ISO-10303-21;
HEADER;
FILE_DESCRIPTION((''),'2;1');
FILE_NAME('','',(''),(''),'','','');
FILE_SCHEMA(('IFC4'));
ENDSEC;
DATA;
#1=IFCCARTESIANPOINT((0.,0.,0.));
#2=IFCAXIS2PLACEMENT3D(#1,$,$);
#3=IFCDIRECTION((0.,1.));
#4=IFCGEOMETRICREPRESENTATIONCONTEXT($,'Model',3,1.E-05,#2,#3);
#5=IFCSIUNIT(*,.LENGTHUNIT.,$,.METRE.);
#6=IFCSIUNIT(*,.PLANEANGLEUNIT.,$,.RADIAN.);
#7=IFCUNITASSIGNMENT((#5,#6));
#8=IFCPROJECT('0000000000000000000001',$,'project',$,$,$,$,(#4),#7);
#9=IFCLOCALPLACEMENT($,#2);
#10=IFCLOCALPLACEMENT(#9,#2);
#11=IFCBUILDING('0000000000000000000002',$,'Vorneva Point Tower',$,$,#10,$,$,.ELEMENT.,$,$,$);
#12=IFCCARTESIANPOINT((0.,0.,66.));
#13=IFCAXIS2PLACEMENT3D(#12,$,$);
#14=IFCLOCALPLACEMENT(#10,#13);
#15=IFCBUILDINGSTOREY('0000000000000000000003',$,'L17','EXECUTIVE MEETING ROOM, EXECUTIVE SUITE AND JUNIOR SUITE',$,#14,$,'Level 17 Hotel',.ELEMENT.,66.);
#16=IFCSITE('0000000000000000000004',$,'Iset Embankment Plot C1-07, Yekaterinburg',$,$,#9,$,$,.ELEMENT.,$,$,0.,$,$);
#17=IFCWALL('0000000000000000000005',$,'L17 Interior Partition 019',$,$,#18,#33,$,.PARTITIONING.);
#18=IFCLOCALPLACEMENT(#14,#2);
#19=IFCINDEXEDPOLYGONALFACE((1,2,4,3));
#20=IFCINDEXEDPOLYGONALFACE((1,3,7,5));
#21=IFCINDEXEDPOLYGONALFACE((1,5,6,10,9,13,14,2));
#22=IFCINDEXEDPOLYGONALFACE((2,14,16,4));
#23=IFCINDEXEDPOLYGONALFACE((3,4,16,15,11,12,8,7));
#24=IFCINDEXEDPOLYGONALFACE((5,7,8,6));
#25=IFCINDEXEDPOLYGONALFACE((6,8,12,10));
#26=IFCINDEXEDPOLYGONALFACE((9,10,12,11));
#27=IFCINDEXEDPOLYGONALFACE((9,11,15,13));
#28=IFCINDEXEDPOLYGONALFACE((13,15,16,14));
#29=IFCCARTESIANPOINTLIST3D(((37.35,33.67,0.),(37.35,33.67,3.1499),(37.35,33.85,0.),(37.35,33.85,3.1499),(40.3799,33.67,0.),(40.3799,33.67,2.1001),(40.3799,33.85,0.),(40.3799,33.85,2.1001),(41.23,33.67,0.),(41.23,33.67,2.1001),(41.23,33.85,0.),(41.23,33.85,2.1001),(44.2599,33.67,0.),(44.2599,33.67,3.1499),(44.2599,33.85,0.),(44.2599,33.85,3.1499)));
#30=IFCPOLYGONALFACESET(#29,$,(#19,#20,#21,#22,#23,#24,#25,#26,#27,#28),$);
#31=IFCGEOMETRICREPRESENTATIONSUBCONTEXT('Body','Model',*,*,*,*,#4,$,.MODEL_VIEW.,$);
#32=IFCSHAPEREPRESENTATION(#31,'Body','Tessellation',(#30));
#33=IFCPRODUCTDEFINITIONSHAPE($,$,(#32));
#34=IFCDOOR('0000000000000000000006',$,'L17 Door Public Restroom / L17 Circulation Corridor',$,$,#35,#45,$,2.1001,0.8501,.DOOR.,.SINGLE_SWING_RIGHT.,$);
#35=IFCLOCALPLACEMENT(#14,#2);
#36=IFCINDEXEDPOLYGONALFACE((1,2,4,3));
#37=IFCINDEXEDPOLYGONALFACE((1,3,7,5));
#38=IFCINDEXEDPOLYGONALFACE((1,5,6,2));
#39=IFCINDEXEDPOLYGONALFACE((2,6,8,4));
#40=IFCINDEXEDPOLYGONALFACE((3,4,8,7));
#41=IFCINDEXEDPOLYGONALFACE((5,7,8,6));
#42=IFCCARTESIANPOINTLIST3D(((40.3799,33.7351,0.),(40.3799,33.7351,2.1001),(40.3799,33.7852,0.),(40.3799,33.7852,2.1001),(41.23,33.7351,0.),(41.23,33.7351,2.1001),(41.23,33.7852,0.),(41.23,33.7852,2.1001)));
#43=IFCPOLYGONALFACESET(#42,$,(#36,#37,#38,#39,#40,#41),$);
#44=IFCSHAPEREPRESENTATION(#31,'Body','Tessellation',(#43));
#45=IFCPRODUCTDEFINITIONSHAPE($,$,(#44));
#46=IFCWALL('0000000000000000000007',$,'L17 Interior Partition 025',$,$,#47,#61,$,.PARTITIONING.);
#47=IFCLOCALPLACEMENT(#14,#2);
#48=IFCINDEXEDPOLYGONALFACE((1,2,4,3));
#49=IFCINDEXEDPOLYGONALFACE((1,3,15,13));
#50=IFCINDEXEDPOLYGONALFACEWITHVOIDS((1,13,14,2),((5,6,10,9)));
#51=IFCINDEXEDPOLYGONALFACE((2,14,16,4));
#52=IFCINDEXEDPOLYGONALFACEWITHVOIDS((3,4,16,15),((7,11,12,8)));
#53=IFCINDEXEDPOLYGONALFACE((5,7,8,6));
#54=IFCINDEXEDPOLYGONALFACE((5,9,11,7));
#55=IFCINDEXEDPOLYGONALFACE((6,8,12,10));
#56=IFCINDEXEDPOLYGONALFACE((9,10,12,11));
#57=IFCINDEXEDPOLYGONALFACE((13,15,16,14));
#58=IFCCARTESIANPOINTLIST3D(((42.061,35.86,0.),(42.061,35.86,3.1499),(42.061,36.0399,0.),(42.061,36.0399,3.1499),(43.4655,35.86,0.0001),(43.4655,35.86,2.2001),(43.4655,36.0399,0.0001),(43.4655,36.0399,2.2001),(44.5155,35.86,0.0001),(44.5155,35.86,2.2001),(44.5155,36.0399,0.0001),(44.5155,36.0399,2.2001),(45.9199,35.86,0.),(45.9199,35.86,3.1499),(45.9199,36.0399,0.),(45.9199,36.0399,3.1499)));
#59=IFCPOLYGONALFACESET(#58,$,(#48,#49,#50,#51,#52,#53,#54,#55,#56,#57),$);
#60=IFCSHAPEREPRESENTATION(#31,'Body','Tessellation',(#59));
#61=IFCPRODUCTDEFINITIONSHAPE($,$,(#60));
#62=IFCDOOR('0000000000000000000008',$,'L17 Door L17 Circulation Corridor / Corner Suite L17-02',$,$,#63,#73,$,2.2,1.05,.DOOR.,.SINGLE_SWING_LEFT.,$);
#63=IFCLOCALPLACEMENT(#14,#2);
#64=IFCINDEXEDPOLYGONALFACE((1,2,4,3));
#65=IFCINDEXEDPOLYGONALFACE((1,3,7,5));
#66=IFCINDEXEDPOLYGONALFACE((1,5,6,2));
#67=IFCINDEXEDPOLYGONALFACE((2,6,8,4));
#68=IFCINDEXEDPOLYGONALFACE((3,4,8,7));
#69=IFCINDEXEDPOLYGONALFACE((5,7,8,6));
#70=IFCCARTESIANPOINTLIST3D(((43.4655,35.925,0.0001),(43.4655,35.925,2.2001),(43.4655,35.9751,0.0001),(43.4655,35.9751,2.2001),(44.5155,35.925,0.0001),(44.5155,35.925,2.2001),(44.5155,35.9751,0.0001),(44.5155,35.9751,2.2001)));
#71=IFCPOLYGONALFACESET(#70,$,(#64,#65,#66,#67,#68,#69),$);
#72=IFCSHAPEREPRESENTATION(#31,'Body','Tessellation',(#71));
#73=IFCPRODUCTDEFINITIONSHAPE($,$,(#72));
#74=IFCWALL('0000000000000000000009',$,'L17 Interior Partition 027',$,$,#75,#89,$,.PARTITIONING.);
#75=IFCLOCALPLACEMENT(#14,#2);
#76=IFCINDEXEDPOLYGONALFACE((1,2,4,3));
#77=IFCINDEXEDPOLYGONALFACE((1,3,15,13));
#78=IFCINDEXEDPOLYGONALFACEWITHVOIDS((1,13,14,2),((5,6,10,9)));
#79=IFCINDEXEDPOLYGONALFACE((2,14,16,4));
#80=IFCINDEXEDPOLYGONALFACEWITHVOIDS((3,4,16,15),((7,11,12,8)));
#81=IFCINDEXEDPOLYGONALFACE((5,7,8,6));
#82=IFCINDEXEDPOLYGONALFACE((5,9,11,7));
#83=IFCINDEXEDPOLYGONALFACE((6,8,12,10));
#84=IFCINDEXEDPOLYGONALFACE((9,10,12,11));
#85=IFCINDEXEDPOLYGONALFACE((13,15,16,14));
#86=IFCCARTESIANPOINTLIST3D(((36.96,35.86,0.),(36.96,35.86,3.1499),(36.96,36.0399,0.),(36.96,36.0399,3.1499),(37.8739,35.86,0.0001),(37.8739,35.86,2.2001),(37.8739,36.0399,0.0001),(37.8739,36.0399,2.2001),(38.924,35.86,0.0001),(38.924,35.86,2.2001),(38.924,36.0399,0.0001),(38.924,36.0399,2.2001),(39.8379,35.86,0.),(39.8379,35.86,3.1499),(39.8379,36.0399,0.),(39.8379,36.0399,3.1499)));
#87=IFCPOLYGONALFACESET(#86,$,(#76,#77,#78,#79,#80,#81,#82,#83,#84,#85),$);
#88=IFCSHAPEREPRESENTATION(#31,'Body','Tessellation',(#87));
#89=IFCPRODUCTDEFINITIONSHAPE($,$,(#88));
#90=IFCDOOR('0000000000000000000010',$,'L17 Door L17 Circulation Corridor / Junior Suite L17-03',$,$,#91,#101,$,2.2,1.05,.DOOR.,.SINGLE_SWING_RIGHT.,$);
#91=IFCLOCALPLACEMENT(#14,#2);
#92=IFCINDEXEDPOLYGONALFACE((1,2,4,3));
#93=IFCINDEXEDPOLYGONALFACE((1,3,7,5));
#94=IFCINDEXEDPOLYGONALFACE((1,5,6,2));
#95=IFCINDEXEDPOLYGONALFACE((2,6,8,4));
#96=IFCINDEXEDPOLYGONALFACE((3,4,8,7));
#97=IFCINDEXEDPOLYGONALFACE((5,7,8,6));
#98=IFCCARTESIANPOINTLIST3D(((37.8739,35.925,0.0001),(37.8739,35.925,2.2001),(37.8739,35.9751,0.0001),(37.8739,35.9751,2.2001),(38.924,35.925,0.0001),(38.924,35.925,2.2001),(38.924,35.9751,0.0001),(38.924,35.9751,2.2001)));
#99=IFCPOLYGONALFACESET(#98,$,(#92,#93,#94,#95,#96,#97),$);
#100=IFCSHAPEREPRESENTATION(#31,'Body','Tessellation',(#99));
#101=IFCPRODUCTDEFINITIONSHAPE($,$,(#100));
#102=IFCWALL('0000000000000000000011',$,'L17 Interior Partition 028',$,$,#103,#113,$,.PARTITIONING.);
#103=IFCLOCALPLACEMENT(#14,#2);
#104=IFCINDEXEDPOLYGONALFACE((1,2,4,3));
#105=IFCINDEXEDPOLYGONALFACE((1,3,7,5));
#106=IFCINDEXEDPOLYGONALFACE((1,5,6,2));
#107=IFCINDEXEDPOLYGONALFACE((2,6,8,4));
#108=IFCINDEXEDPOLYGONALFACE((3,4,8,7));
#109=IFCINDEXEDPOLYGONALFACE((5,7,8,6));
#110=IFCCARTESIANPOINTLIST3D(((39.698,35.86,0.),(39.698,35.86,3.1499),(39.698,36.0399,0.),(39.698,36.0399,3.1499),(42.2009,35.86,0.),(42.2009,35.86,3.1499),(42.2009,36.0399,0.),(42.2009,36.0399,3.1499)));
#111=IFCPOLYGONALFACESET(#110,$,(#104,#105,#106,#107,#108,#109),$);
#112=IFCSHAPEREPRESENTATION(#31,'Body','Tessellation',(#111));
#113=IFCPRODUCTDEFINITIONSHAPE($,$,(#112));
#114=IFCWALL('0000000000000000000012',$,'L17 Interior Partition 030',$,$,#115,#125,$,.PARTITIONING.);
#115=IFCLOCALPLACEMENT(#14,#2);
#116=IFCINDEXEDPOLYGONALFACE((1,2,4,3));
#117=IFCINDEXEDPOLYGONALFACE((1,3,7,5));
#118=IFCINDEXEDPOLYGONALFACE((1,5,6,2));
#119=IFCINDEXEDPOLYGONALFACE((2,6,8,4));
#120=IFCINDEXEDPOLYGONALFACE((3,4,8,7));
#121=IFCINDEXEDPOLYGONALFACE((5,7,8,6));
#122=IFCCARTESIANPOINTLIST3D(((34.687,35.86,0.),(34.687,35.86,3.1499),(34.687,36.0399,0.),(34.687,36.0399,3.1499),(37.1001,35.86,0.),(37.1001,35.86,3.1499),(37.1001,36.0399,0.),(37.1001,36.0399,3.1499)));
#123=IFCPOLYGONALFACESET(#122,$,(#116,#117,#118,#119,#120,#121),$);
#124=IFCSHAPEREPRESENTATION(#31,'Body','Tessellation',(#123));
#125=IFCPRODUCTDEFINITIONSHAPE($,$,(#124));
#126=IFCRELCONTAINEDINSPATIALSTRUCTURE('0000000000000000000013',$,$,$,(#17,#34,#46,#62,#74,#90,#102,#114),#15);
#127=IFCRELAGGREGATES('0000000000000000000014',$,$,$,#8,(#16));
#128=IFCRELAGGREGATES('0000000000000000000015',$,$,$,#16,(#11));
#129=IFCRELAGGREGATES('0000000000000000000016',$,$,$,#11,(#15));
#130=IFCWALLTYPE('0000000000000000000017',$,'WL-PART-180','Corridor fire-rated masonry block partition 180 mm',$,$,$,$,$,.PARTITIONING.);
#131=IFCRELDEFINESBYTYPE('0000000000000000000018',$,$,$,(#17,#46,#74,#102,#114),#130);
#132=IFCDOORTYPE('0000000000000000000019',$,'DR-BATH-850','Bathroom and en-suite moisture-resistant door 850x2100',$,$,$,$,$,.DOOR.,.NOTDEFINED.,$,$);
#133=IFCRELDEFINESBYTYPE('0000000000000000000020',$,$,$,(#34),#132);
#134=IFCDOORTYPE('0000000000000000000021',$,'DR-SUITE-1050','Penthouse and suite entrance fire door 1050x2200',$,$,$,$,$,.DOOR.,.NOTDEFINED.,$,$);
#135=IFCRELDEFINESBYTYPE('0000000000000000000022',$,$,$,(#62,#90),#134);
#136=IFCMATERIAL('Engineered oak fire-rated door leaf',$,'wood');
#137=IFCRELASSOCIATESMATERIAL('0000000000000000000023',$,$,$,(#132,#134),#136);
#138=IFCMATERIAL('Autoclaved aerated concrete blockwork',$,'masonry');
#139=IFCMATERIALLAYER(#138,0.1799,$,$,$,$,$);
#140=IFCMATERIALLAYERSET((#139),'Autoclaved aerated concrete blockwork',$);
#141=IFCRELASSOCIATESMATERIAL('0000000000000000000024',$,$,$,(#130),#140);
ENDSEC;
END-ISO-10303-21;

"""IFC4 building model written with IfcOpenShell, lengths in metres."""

from ifc_helpers import new_model, si_unit, direction, frame, frame_2d, origin, place, context, subcontext, project, spatial, rectangle, extrude, material, layer, layer_set, type_object, element, fill, save


model = new_model("IFC4")

# Units and contexts
model_context = context("Model", 3, precision=1e-05, world=origin(), true_north=direction((0.0, 1.0)))
body_context = subcontext(model_context, "Body", "Model", "MODEL_VIEW")
ifc_project = project(units=[si_unit("LENGTHUNIT", "METRE"), si_unit("PLANEANGLEUNIT", "RADIAN")], contexts=[model_context])

# Site, building, storey
site_placement = place(None, origin())
site = spatial("IfcSite", under=ifc_project, at=site_placement, Name="Iset Embankment Plot C1-07, Yekaterinburg", CompositionType="ELEMENT", RefElevation=0.0)
building_placement = place(site_placement, origin())
building = spatial("IfcBuilding", under=site, at=building_placement, Name="Vorneva Point Tower", CompositionType="ELEMENT")
storey_placement = place(building_placement, frame((0.0, 0.0, 66.0)))
storey = spatial("IfcBuildingStorey", under=building, at=storey_placement, Name="L17", Description="EXECUTIVE MEETING ROOM, EXECUTIVE SUITE AND JUNIOR SUITE", LongName="Level 17 Hotel", CompositionType="ELEMENT", Elevation=66.0)

# Shared definitions
ifc_material_1 = material(Name="Engineered oak fire-rated door leaf", Category="wood")
door_type_1 = type_object("IfcDoorType", Name="DR-BATH-850", Description="Bathroom and en-suite moisture-resistant door 850x2100", OperationType="NOTDEFINED", PredefinedType="DOOR", material=ifc_material_1)

# Walls, openings, doors
ifc_material_2 = material(Name="Autoclaved aerated concrete blockwork", Category="masonry")
ifc_layer_1 = layer(ifc_material_2, 0.1799)
ifc_layer_set_1 = layer_set([ifc_layer_1], Name="Autoclaved aerated concrete blockwork")
wall_type_1 = type_object("IfcWallType", Name="WL-PART-180", Description="Corridor fire-rated masonry block partition 180 mm", PredefinedType="PARTITIONING", material=ifc_layer_set_1)
wall_1_placement = place(storey_placement, frame((44.26, 33.76, 0.0), z_axis=(0.0, 0.0, 1.0), x_axis=(-1.0, 0.0, 0.0)))
wall_1 = element("IfcWall", 1, at=wall_1_placement, inside=storey, type_object=wall_type_1, Name="L17 Interior Partition 019", PredefinedType="PARTITIONING", context=body_context, shape_type="SweptSolid", body=[
    extrude(rectangle(XDim=6.9099, YDim=0.1799, at=frame_2d((3.4551, 0.0))), origin(), (0.0, 0.0, 1.0), 3.1499),
])
opening_1_placement = place(wall_1_placement, frame((3.03, 0.0, 0.0)))
opening_1 = element("IfcOpeningElement", 2, at=opening_1_placement, cuts=wall_1, PredefinedType="OPENING", context=body_context, shape_type="SweptSolid", body=[
    extrude(rectangle(XDim=0.8501, YDim=2.1001, at=frame_2d((0.425, 1.05))), frame((0.0, 0.105, 0.0), z_axis=(0.0, -1.0, 0.0), x_axis=(1.0, 0.0, 0.0)), (0.0, 0.0, 1.0), 0.2097),
])
door_1_placement = place(opening_1_placement, origin())
door_1 = element("IfcDoor", 3, at=door_1_placement, inside=storey, type_object=door_type_1, Name="L17 Door Public Restroom / L17 Circulation Corridor", OperationType="SINGLE_SWING_RIGHT", OverallHeight=2.1001, OverallWidth=0.8501, PredefinedType="DOOR", context=body_context, shape_type="SweptSolid", body=[
    extrude(rectangle(XDim=0.8501, YDim=2.1001, at=frame_2d((0.425, 1.05))), frame((0.0, 0.0249, 0.0), z_axis=(0.0, -1.0, 0.0), x_axis=(1.0, 0.0, 0.0)), (0.0, 0.0, 1.0), 0.05),
])
fill(opening_1, door_1)
wall_2_placement = place(storey_placement, frame((45.9199, 35.95, 0.0), z_axis=(0.0, 0.0, 1.0), x_axis=(-1.0, 0.0, 0.0)))
wall_2 = element("IfcWall", 4, at=wall_2_placement, inside=storey, type_object=wall_type_1, Name="L17 Interior Partition 025", PredefinedType="PARTITIONING", context=body_context, shape_type="SweptSolid", body=[
    extrude(rectangle(XDim=3.8589, YDim=0.1799, at=frame_2d((1.9294, 0.0))), origin(), (0.0, 0.0, 1.0), 3.1499),
])
opening_2_placement = place(wall_2_placement, frame((1.4045, 0.0, 0.0)))
opening_2 = element("IfcOpeningElement", 5, at=opening_2_placement, cuts=wall_2, PredefinedType="OPENING", context=body_context, shape_type="SweptSolid", body=[
    extrude(rectangle(XDim=1.05, YDim=2.2, at=frame_2d((0.5249, 1.1001))), frame((0.0, 0.105, 0.0), z_axis=(0.0, -1.0, 0.0), x_axis=(1.0, 0.0, 0.0)), (0.0, 0.0, 1.0), 0.2097),
])
door_type_2 = type_object("IfcDoorType", Name="DR-SUITE-1050", Description="Penthouse and suite entrance fire door 1050x2200", OperationType="NOTDEFINED", PredefinedType="DOOR", material=ifc_material_1)
door_2_placement = place(opening_2_placement, origin())
door_2 = element("IfcDoor", 6, at=door_2_placement, inside=storey, type_object=door_type_2, Name="L17 Door L17 Circulation Corridor / Corner Suite L17-02", OperationType="SINGLE_SWING_LEFT", OverallHeight=2.2, OverallWidth=1.05, PredefinedType="DOOR", context=body_context, shape_type="SweptSolid", body=[
    extrude(rectangle(XDim=1.05, YDim=2.2, at=frame_2d((0.5249, 1.1001))), frame((0.0, 0.0249, 0.0), z_axis=(0.0, -1.0, 0.0), x_axis=(1.0, 0.0, 0.0)), (0.0, 0.0, 1.0), 0.05),
])
fill(opening_2, door_2)
wall_3_placement = place(storey_placement, frame((39.8379, 35.95, 0.0), z_axis=(0.0, 0.0, 1.0), x_axis=(-1.0, 0.0, 0.0)))
wall_3 = element("IfcWall", 7, at=wall_3_placement, inside=storey, type_object=wall_type_1, Name="L17 Interior Partition 027", PredefinedType="PARTITIONING", context=body_context, shape_type="SweptSolid", body=[
    extrude(rectangle(XDim=2.8779, YDim=0.1799, at=frame_2d((1.439, 0.0))), origin(), (0.0, 0.0, 1.0), 3.1499),
])
opening_3_placement = place(wall_3_placement, frame((0.9141, 0.0, 0.0)))
opening_3 = element("IfcOpeningElement", 8, at=opening_3_placement, cuts=wall_3, PredefinedType="OPENING", context=body_context, shape_type="SweptSolid", body=[
    extrude(rectangle(XDim=1.05, YDim=2.2, at=frame_2d((0.5249, 1.1001))), frame((0.0, 0.105, 0.0), z_axis=(0.0, -1.0, 0.0), x_axis=(1.0, 0.0, 0.0)), (0.0, 0.0, 1.0), 0.2097),
])
door_3_placement = place(opening_3_placement, origin())
door_3 = element("IfcDoor", 9, at=door_3_placement, inside=storey, type_object=door_type_2, Name="L17 Door L17 Circulation Corridor / Junior Suite L17-03", OperationType="SINGLE_SWING_RIGHT", OverallHeight=2.2, OverallWidth=1.05, PredefinedType="DOOR", context=body_context, shape_type="SweptSolid", body=[
    extrude(rectangle(XDim=1.05, YDim=2.2, at=frame_2d((0.5249, 1.1001))), frame((0.0, 0.0249, 0.0), z_axis=(0.0, -1.0, 0.0), x_axis=(1.0, 0.0, 0.0)), (0.0, 0.0, 1.0), 0.05),
])
fill(opening_3, door_3)

# Walls
wall_4_placement = place(storey_placement, frame((42.2009, 35.95, 0.0), z_axis=(0.0, 0.0, 1.0), x_axis=(-1.0, 0.0, 0.0)))
element("IfcWall", 10, at=wall_4_placement, inside=storey, type_object=wall_type_1, Name="L17 Interior Partition 028", PredefinedType="PARTITIONING", context=body_context, shape_type="SweptSolid", body=[
    extrude(rectangle(XDim=2.5029, YDim=0.1799, at=frame_2d((1.2515, 0.0))), origin(), (0.0, 0.0, 1.0), 3.1499),
])
wall_5_placement = place(storey_placement, frame((37.1001, 35.95, 0.0), z_axis=(0.0, 0.0, 1.0), x_axis=(-1.0, 0.0, 0.0)))
element("IfcWall", 11, at=wall_5_placement, inside=storey, type_object=wall_type_1, Name="L17 Interior Partition 030", PredefinedType="PARTITIONING", context=body_context, shape_type="SweptSolid", body=[
    extrude(rectangle(XDim=2.4131, YDim=0.1799, at=frame_2d((1.2065, 0.0))), origin(), (0.0, 0.0, 1.0), 3.1499),
])

save(model, "model.ifc")
